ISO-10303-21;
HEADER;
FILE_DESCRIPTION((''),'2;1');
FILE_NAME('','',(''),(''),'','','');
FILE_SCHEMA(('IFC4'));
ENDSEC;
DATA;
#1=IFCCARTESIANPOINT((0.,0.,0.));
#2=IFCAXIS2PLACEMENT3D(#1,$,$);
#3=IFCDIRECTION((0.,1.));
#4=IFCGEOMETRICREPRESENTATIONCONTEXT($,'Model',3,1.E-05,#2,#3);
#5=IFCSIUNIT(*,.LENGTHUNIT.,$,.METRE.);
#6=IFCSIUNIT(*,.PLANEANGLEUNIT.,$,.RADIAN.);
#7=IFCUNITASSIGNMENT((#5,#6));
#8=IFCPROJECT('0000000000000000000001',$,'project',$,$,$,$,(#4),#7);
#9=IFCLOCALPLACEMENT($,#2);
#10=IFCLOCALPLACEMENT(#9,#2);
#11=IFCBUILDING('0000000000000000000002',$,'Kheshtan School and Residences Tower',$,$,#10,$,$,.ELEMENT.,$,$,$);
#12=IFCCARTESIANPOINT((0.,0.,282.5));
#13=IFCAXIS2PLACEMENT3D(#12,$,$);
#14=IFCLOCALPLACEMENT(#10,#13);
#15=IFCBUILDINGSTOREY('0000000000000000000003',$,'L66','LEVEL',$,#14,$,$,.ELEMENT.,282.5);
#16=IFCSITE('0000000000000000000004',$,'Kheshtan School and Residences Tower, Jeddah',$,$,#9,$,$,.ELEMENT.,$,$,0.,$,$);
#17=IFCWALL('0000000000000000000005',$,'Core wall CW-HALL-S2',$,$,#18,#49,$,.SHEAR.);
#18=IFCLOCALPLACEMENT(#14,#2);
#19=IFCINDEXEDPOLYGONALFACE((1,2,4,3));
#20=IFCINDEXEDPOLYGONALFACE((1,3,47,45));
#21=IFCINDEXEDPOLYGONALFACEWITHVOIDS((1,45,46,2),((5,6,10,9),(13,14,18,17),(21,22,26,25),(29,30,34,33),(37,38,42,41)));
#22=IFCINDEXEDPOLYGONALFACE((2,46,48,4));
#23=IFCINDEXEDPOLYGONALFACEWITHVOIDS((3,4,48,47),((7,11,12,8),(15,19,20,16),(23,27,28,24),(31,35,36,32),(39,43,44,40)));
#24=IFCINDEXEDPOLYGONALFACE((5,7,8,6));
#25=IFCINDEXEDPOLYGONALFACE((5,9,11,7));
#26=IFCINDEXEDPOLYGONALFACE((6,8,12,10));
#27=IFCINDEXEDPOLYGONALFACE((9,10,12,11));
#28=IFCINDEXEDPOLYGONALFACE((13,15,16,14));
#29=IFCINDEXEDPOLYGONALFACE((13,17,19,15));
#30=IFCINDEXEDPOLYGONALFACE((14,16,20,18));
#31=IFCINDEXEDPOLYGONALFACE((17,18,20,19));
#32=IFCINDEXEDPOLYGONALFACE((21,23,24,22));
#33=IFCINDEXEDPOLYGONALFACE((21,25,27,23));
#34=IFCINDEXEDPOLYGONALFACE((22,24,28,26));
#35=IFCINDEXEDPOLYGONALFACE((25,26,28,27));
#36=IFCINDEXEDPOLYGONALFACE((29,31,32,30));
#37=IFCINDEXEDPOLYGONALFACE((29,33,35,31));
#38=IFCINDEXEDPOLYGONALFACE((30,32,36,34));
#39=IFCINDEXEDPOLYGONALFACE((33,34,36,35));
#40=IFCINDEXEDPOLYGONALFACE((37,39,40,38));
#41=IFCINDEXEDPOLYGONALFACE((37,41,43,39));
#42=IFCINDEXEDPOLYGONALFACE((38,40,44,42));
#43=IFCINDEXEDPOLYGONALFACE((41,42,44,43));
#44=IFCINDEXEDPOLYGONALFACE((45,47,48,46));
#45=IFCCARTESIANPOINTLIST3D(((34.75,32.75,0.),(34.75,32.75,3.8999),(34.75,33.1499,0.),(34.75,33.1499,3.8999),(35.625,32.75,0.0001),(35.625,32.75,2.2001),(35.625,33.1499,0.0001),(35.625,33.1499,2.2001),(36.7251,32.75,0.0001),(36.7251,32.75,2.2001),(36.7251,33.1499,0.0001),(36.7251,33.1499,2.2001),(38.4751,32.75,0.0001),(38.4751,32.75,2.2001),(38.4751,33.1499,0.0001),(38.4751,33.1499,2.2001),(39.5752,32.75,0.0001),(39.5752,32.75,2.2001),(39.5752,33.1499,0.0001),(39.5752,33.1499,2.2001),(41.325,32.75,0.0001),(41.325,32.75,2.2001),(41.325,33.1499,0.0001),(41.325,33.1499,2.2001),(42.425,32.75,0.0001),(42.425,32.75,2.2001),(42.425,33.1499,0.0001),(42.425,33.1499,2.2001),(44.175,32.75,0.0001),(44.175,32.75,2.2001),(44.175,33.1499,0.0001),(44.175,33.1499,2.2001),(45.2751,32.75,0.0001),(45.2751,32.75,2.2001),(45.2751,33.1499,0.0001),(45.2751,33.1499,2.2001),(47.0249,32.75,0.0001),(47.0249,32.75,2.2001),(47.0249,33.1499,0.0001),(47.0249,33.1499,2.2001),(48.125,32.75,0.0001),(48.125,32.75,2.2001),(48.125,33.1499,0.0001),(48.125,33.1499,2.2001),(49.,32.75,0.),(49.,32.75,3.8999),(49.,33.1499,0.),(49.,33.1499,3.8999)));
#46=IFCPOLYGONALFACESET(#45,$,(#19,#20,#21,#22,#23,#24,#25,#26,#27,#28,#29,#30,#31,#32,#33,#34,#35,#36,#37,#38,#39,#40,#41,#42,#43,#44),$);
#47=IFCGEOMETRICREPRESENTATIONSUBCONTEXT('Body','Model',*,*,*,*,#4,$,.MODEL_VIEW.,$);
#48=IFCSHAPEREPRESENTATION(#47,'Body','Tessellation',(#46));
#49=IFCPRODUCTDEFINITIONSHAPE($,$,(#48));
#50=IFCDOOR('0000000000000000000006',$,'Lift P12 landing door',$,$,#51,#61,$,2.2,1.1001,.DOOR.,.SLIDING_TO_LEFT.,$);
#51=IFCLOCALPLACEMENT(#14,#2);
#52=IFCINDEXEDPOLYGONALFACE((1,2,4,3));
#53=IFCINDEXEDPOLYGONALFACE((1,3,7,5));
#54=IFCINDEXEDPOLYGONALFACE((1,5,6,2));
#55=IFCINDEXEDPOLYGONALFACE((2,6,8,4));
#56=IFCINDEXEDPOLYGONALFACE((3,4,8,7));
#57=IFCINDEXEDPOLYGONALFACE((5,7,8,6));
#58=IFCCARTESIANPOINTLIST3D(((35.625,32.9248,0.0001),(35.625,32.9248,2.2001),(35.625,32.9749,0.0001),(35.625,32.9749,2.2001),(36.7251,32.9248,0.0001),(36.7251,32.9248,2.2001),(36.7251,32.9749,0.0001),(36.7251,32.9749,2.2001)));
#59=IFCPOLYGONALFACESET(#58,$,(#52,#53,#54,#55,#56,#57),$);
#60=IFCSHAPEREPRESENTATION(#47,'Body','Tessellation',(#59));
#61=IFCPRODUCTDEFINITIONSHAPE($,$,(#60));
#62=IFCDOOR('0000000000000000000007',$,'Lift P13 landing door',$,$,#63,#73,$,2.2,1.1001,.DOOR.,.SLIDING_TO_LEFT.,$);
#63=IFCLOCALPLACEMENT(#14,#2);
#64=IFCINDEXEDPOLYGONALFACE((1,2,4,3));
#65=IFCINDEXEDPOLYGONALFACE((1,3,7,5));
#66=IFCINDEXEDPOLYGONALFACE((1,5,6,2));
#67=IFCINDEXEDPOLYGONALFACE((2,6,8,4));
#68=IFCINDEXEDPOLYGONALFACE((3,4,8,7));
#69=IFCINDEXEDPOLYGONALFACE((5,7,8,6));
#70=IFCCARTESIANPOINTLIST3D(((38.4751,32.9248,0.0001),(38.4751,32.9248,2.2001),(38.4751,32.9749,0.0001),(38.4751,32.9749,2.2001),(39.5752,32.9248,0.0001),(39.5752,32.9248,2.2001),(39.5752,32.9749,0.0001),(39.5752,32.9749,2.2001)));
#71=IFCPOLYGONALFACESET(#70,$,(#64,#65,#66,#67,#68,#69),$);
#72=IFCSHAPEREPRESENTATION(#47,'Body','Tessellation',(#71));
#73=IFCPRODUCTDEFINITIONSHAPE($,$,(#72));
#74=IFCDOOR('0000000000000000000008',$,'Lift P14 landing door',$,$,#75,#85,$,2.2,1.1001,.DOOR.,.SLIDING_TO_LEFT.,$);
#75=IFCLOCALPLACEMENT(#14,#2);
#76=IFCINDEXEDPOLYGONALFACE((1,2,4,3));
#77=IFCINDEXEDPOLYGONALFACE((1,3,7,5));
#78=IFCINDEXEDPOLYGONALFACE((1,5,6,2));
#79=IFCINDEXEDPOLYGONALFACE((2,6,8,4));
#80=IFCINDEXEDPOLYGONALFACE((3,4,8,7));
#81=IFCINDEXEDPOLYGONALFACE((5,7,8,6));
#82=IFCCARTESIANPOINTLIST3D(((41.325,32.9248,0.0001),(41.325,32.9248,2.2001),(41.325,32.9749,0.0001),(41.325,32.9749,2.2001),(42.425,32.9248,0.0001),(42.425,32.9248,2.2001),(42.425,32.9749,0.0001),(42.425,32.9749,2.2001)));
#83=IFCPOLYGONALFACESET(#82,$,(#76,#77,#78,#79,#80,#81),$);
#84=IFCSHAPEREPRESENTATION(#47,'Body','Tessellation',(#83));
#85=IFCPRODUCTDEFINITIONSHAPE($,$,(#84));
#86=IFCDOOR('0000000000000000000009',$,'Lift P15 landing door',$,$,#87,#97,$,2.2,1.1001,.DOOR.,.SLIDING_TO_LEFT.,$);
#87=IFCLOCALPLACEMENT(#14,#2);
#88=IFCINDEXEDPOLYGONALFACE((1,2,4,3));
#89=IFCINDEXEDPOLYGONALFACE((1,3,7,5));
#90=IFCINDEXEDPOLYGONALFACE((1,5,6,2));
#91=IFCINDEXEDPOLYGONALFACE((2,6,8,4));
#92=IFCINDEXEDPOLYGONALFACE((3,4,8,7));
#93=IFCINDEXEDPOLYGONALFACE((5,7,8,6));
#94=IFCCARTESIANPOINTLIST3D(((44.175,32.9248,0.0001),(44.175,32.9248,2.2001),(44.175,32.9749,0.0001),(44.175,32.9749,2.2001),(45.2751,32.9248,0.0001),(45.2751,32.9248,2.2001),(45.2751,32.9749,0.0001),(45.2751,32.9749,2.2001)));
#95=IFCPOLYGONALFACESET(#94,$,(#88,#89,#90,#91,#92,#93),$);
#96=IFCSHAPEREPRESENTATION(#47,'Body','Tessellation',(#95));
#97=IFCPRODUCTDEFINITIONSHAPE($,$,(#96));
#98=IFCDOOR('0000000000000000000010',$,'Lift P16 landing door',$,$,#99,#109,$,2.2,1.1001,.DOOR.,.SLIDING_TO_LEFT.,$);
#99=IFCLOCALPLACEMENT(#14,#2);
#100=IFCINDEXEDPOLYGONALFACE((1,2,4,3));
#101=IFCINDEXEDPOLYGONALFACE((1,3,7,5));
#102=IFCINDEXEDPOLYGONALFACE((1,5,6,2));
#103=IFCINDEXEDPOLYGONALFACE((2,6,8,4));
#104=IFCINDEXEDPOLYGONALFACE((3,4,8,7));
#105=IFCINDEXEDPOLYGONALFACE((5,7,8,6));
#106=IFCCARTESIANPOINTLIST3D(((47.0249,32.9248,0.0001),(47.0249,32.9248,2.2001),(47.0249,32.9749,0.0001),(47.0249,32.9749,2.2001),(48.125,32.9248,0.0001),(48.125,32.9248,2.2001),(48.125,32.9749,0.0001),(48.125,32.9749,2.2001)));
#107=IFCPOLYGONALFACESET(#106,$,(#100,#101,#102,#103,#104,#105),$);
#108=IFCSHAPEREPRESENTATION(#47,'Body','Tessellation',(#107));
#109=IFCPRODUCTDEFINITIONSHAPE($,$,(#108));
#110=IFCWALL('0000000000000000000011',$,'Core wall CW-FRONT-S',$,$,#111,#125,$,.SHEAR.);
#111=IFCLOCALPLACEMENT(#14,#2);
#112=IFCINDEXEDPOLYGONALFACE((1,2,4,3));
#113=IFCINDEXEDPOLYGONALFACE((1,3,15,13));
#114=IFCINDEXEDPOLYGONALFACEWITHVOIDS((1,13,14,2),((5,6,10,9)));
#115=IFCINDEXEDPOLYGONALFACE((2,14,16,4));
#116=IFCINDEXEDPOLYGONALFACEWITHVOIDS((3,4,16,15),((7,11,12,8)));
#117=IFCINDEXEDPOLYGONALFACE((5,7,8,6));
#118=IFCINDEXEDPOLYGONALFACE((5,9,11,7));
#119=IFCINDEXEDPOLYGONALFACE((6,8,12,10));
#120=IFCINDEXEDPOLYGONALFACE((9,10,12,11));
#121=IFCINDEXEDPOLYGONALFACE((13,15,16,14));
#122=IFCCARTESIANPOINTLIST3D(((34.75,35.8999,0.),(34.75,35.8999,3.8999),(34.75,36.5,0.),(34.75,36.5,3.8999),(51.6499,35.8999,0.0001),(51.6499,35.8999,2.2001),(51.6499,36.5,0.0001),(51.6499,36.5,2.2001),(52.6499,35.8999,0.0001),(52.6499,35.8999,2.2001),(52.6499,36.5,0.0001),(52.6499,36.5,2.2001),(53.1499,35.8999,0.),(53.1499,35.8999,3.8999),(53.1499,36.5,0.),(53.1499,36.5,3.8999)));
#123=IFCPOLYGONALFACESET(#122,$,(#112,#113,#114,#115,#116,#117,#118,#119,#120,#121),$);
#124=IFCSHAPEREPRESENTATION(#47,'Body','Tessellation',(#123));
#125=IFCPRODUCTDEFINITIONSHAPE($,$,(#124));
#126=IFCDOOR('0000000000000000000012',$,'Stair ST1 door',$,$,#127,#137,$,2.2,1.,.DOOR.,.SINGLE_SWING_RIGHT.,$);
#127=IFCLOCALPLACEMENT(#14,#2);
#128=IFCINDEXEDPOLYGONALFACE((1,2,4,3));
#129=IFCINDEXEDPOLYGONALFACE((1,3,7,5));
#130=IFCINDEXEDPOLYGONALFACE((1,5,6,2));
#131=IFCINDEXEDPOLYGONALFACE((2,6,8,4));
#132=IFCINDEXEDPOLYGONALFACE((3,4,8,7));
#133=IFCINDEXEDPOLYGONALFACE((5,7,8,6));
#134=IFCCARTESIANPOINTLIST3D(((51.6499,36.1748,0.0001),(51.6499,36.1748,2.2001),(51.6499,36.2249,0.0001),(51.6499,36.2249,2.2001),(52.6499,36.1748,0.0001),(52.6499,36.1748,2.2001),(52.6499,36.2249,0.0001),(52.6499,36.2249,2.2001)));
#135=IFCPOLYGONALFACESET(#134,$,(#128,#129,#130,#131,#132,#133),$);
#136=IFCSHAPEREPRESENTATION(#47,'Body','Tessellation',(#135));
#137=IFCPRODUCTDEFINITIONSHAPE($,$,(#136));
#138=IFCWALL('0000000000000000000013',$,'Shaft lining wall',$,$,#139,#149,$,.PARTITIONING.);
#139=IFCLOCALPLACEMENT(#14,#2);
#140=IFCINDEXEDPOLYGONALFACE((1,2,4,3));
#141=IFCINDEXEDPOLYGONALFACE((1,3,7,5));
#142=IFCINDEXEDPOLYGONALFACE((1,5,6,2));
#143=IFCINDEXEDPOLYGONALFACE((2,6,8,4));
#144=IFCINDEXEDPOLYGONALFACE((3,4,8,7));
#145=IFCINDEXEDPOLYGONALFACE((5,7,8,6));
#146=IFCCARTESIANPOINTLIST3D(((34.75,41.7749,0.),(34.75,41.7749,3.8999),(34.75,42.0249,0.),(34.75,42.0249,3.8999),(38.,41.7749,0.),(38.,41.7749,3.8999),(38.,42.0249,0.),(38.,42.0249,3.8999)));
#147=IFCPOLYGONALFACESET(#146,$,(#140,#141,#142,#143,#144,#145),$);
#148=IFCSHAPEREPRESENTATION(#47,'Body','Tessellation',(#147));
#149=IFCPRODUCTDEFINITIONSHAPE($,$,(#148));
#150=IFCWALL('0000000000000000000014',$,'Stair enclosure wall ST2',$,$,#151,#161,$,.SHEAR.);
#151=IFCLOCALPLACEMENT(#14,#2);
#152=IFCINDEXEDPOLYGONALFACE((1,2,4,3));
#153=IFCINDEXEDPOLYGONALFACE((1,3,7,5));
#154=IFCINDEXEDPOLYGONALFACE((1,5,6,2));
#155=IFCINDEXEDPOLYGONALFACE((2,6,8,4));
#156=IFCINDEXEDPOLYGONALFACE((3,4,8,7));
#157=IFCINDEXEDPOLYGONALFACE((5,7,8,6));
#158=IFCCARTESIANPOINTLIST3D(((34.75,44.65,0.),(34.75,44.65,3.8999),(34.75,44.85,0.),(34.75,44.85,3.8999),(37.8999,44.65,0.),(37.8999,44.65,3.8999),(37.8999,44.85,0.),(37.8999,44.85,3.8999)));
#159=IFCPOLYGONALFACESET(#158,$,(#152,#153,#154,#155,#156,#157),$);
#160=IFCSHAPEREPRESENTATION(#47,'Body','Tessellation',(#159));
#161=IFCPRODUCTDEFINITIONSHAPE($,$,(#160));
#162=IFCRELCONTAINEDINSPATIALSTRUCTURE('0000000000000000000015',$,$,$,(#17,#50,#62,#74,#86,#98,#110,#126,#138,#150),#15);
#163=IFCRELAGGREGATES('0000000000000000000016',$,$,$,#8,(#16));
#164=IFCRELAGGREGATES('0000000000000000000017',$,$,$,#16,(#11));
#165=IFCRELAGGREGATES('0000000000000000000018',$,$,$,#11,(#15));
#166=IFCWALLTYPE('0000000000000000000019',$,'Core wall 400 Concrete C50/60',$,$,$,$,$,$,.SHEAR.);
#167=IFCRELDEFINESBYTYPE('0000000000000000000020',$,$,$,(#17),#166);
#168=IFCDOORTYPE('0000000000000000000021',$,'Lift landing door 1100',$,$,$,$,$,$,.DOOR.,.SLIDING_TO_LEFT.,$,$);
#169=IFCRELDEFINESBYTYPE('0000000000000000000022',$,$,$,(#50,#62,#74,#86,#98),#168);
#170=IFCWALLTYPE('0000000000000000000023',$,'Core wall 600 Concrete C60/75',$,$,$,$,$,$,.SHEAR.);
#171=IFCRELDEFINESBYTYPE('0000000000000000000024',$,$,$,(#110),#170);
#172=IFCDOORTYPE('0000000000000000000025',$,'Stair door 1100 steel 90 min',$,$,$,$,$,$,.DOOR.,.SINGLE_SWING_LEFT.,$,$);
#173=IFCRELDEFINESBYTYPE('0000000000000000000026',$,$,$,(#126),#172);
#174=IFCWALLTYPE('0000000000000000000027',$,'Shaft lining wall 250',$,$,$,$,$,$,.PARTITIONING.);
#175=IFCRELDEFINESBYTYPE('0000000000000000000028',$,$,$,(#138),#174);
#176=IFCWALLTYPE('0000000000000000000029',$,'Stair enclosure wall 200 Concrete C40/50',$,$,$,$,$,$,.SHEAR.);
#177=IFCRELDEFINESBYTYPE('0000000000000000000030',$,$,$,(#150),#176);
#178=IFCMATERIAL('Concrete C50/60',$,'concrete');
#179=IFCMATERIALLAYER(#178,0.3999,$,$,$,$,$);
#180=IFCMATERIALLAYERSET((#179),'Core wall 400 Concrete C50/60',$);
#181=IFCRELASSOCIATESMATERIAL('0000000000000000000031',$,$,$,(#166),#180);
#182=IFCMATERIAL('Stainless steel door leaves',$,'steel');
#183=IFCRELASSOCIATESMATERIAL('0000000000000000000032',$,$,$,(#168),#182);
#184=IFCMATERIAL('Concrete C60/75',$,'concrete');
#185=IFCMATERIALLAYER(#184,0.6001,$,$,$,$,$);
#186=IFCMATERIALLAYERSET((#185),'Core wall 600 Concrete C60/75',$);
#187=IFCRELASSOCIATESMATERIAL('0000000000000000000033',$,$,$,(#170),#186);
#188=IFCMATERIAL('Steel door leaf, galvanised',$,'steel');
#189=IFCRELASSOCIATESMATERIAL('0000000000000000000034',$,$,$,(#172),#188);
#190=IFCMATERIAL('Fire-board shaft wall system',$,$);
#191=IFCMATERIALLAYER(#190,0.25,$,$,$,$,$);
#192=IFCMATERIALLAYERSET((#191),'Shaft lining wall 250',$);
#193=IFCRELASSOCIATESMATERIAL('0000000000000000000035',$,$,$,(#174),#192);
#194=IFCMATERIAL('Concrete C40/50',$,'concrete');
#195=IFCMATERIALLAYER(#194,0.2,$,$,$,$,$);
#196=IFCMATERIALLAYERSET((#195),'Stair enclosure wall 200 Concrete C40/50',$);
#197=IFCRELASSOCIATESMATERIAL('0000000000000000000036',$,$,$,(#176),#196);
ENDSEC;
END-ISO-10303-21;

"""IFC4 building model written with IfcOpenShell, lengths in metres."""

from ifc_helpers import new_model, si_unit, direction, frame, frame_2d, origin, place, context, subcontext, project, spatial, rectangle, extrude, source, transform, mapped, material, layer, layer_set, type_object, element, fill, save


model = new_model("IFC4")

# Units and contexts
model_context = context("Model", 3, precision=1e-05, world=origin(), true_north=direction((0.0, 1.0)))
body_context = subcontext(model_context, "Body", "Model", "MODEL_VIEW")
ifc_project = project(units=[si_unit("LENGTHUNIT", "METRE"), si_unit("PLANEANGLEUNIT", "RADIAN")], contexts=[model_context])

# Site, building, storey
site_placement = place(None, origin())
site = spatial("IfcSite", under=ifc_project, at=site_placement, Name="Kheshtan School and Residences Tower, Jeddah", CompositionType="ELEMENT", RefElevation=0.0)
building_placement = place(site_placement, origin())
building = spatial("IfcBuilding", under=site, at=building_placement, Name="Kheshtan School and Residences Tower", CompositionType="ELEMENT")
storey_placement = place(building_placement, frame((0.0, 0.0, 282.5)))
storey = spatial("IfcBuildingStorey", under=building, at=storey_placement, Name="L66", Description="LEVEL", CompositionType="ELEMENT", Elevation=282.5)

# Wall, openings, doors
ifc_material_1 = material(Name="Concrete C50/60", Category="concrete")
ifc_layer_1 = layer(ifc_material_1, 0.3999)
ifc_layer_set_1 = layer_set([ifc_layer_1], Name="Core wall 400 Concrete C50/60")
wall_type_1 = type_object("IfcWallType", Name="Core wall 400 Concrete C50/60", PredefinedType="SHEAR", material=ifc_layer_set_1)
wall_1_placement = place(storey_placement, frame((34.75, 32.95, 0.0), z_axis=(0.0, 0.0, 1.0), x_axis=(1.0, 0.0, 0.0)))
wall_1 = element("IfcWall", 1, at=wall_1_placement, inside=storey, type_object=wall_type_1, Name="Core wall CW-HALL-S2", PredefinedType="SHEAR", context=body_context, shape_type="SweptSolid", body=[
    extrude(rectangle(XDim=14.25, YDim=0.3999, at=frame_2d((7.125, 0.0))), origin(), (0.0, 0.0, 1.0), 3.8999),
])
opening_1_placement = place(wall_1_placement, frame((0.875, 0.0, 0.0)))
opening_1 = element("IfcOpeningElement", 2, at=opening_1_placement, cuts=wall_1, PredefinedType="OPENING", context=body_context, shape_type="SweptSolid", body=[
    extrude(rectangle(XDim=1.1001, YDim=2.2, at=frame_2d((0.55, 1.1001))), frame((0.0, 0.21, 0.0), z_axis=(0.0, -1.0, 0.0), x_axis=(1.0, 0.0, 0.0)), (0.0, 0.0, 1.0), 0.4199),
])
opening_2_placement = place(wall_1_placement, frame((3.7251, 0.0, 0.0)))
opening_2 = element("IfcOpeningElement", 3, at=opening_2_placement, cuts=wall_1, PredefinedType="OPENING", context=body_context, shape_type="SweptSolid", body=[
    extrude(rectangle(XDim=1.1001, YDim=2.2, at=frame_2d((0.55, 1.1001))), frame((0.0, 0.21, 0.0), z_axis=(0.0, -1.0, 0.0), x_axis=(1.0, 0.0, 0.0)), (0.0, 0.0, 1.0), 0.4199),
])
opening_3_placement = place(wall_1_placement, frame((6.575, 0.0, 0.0)))
opening_3 = element("IfcOpeningElement", 4, at=opening_3_placement, cuts=wall_1, PredefinedType="OPENING", context=body_context, shape_type="SweptSolid", body=[
    extrude(rectangle(XDim=1.1001, YDim=2.2, at=frame_2d((0.55, 1.1001))), frame((0.0, 0.21, 0.0), z_axis=(0.0, -1.0, 0.0), x_axis=(1.0, 0.0, 0.0)), (0.0, 0.0, 1.0), 0.4199),
])
opening_4_placement = place(wall_1_placement, frame((9.425, 0.0, 0.0)))
opening_4 = element("IfcOpeningElement", 5, at=opening_4_placement, cuts=wall_1, PredefinedType="OPENING", context=body_context, shape_type="SweptSolid", body=[
    extrude(rectangle(XDim=1.1001, YDim=2.2, at=frame_2d((0.55, 1.1001))), frame((0.0, 0.21, 0.0), z_axis=(0.0, -1.0, 0.0), x_axis=(1.0, 0.0, 0.0)), (0.0, 0.0, 1.0), 0.4199),
])
opening_5_placement = place(wall_1_placement, frame((12.2749, 0.0, 0.0)))
opening_5 = element("IfcOpeningElement", 6, at=opening_5_placement, cuts=wall_1, PredefinedType="OPENING", context=body_context, shape_type="SweptSolid", body=[
    extrude(rectangle(XDim=1.1001, YDim=2.2, at=frame_2d((0.55, 1.1001))), frame((0.0, 0.21, 0.0), z_axis=(0.0, -1.0, 0.0), x_axis=(1.0, 0.0, 0.0)), (0.0, 0.0, 1.0), 0.4199),
])
ifc_material_2 = material(Name="Stainless steel door leaves", Category="steel")
door_type_1 = type_object("IfcDoorType", Name="Lift landing door 1100", OperationType="SLIDING_TO_LEFT", PredefinedType="DOOR", material=ifc_material_2)
shared_shape_1 = source(origin(), body_context, "Body", "SweptSolid", [
    extrude(rectangle(XDim=1.1001, YDim=2.2, at=frame_2d((0.55, 1.1001))), frame((0.0, 0.0249, 0.0), z_axis=(0.0, -1.0, 0.0), x_axis=(1.0, 0.0, 0.0)), (0.0, 0.0, 1.0), 0.05),
])
door_1_placement = place(opening_1_placement, origin())
door_1 = element("IfcDoor", 7, at=door_1_placement, inside=storey, type_object=door_type_1, Name="Lift P12 landing door", OperationType="SLIDING_TO_LEFT", OverallHeight=2.2, OverallWidth=1.1001, PredefinedType="DOOR", context=body_context, shape_type="MappedRepresentation", body=[
    mapped(shared_shape_1, transform((0.0, 0.0, 0.0), x_axis=(1.0, 0.0, 0.0), y_axis=(0.0, 1.0, 0.0), z_axis=(0.0, 0.0, 1.0), scale=1.0)),
])
fill(opening_1, door_1)
door_2_placement = place(opening_2_placement, origin())
door_2 = element("IfcDoor", 8, at=door_2_placement, inside=storey, type_object=door_type_1, Name="Lift P13 landing door", OperationType="SLIDING_TO_LEFT", OverallHeight=2.2, OverallWidth=1.1001, PredefinedType="DOOR", context=body_context, shape_type="MappedRepresentation", body=[
    mapped(shared_shape_1, transform((0.0, 0.0, 0.0), x_axis=(1.0, 0.0, 0.0), y_axis=(0.0, 1.0, 0.0), z_axis=(0.0, 0.0, 1.0), scale=1.0)),
])
fill(opening_2, door_2)
door_3_placement = place(opening_3_placement, origin())
door_3 = element("IfcDoor", 9, at=door_3_placement, inside=storey, type_object=door_type_1, Name="Lift P14 landing door", OperationType="SLIDING_TO_LEFT", OverallHeight=2.2, OverallWidth=1.1001, PredefinedType="DOOR", context=body_context, shape_type="MappedRepresentation", body=[
    mapped(shared_shape_1, transform((0.0, 0.0, 0.0), x_axis=(1.0, 0.0, 0.0), y_axis=(0.0, 1.0, 0.0), z_axis=(0.0, 0.0, 1.0), scale=1.0)),
])
fill(opening_3, door_3)
door_4_placement = place(opening_4_placement, origin())
door_4 = element("IfcDoor", 10, at=door_4_placement, inside=storey, type_object=door_type_1, Name="Lift P15 landing door", OperationType="SLIDING_TO_LEFT", OverallHeight=2.2, OverallWidth=1.1001, PredefinedType="DOOR", context=body_context, shape_type="MappedRepresentation", body=[
    mapped(shared_shape_1, transform((0.0, 0.0, 0.0), x_axis=(1.0, 0.0, 0.0), y_axis=(0.0, 1.0, 0.0), z_axis=(0.0, 0.0, 1.0), scale=1.0)),
])
fill(opening_4, door_4)
door_5_placement = place(opening_5_placement, origin())
door_5 = element("IfcDoor", 11, at=door_5_placement, inside=storey, type_object=door_type_1, Name="Lift P16 landing door", OperationType="SLIDING_TO_LEFT", OverallHeight=2.2, OverallWidth=1.1001, PredefinedType="DOOR", context=body_context, shape_type="MappedRepresentation", body=[
    mapped(shared_shape_1, transform((0.0, 0.0, 0.0), x_axis=(1.0, 0.0, 0.0), y_axis=(0.0, 1.0, 0.0), z_axis=(0.0, 0.0, 1.0), scale=1.0)),
])
fill(opening_5, door_5)

# Wall, opening, door
ifc_material_3 = material(Name="Concrete C60/75", Category="concrete")
ifc_layer_2 = layer(ifc_material_3, 0.6001)
ifc_layer_set_2 = layer_set([ifc_layer_2], Name="Core wall 600 Concrete C60/75")
wall_type_2 = type_object("IfcWallType", Name="Core wall 600 Concrete C60/75", PredefinedType="SHEAR", material=ifc_layer_set_2)
wall_2_placement = place(storey_placement, frame((34.75, 36.2, 0.0), z_axis=(0.0, 0.0, 1.0), x_axis=(1.0, 0.0, 0.0)))
wall_2 = element("IfcWall", 12, at=wall_2_placement, inside=storey, type_object=wall_type_2, Name="Core wall CW-FRONT-S", PredefinedType="SHEAR", context=body_context, shape_type="SweptSolid", body=[
    extrude(rectangle(XDim=18.3999, YDim=0.6001, at=frame_2d((9.2, 0.0))), origin(), (0.0, 0.0, 1.0), 3.8999),
])
opening_6_placement = place(wall_2_placement, frame((16.8999, 0.0, 0.0)))
opening_6 = element("IfcOpeningElement", 13, at=opening_6_placement, cuts=wall_2, PredefinedType="OPENING", context=body_context, shape_type="SweptSolid", body=[
    extrude(rectangle(XDim=1.0, YDim=2.2, at=frame_2d((0.5, 1.1001))), frame((0.0, 0.3101, 0.0), z_axis=(0.0, -1.0, 0.0), x_axis=(1.0, 0.0, 0.0)), (0.0, 0.0, 1.0), 0.6201),
])
ifc_material_4 = material(Name="Steel door leaf, galvanised", Category="steel")
door_type_2 = type_object("IfcDoorType", Name="Stair door 1100 steel 90 min", OperationType="SINGLE_SWING_LEFT", PredefinedType="DOOR", material=ifc_material_4)
shared_shape_2 = source(origin(), body_context, "Body", "SweptSolid", [
    extrude(rectangle(XDim=1.0, YDim=2.2, at=frame_2d((0.5, 1.1001))), frame((0.0, 0.0249, 0.0), z_axis=(0.0, -1.0, 0.0), x_axis=(1.0, 0.0, 0.0)), (0.0, 0.0, 1.0), 0.05),
])
door_6_placement = place(opening_6_placement, origin())
door_6 = element("IfcDoor", 14, at=door_6_placement, inside=storey, type_object=door_type_2, Name="Stair ST1 door", OperationType="SINGLE_SWING_RIGHT", OverallHeight=2.2, OverallWidth=1.0, PredefinedType="DOOR", context=body_context, shape_type="MappedRepresentation", body=[
    mapped(shared_shape_2, transform((0.0, 0.0, 0.0), x_axis=(1.0, 0.0, 0.0), y_axis=(0.0, 1.0, 0.0), z_axis=(0.0, 0.0, 1.0), scale=1.0)),
])
fill(opening_6, door_6)

# Walls
ifc_material_5 = material(Name="Fire-board shaft wall system")
ifc_layer_3 = layer(ifc_material_5, 0.25)
ifc_layer_set_3 = layer_set([ifc_layer_3], Name="Shaft lining wall 250")
wall_type_3 = type_object("IfcWallType", Name="Shaft lining wall 250", PredefinedType="PARTITIONING", material=ifc_layer_set_3)
wall_3_placement = place(storey_placement, frame((34.75, 41.8999, 0.0), z_axis=(0.0, 0.0, 1.0), x_axis=(1.0, 0.0, 0.0)))
element("IfcWall", 15, at=wall_3_placement, inside=storey, type_object=wall_type_3, Name="Shaft lining wall", PredefinedType="PARTITIONING", context=body_context, shape_type="SweptSolid", body=[
    extrude(rectangle(XDim=3.25, YDim=0.25, at=frame_2d((1.625, 0.0))), origin(), (0.0, 0.0, 1.0), 3.8999),
])
ifc_material_6 = material(Name="Concrete C40/50", Category="concrete")
ifc_layer_4 = layer(ifc_material_6, 0.2)
ifc_layer_set_4 = layer_set([ifc_layer_4], Name="Stair enclosure wall 200 Concrete C40/50")
wall_type_4 = type_object("IfcWallType", Name="Stair enclosure wall 200 Concrete C40/50", PredefinedType="SHEAR", material=ifc_layer_set_4)
wall_4_placement = place(storey_placement, frame((34.75, 44.75, 0.0), z_axis=(0.0, 0.0, 1.0), x_axis=(1.0, 0.0, 0.0)))
element("IfcWall", 16, at=wall_4_placement, inside=storey, type_object=wall_type_4, Name="Stair enclosure wall ST2", PredefinedType="SHEAR", context=body_context, shape_type="SweptSolid", body=[
    extrude(rectangle(XDim=3.1499, YDim=0.2, at=frame_2d((1.575, 0.0))), origin(), (0.0, 0.0, 1.0), 3.8999),
])

save(model, "model.ifc")
